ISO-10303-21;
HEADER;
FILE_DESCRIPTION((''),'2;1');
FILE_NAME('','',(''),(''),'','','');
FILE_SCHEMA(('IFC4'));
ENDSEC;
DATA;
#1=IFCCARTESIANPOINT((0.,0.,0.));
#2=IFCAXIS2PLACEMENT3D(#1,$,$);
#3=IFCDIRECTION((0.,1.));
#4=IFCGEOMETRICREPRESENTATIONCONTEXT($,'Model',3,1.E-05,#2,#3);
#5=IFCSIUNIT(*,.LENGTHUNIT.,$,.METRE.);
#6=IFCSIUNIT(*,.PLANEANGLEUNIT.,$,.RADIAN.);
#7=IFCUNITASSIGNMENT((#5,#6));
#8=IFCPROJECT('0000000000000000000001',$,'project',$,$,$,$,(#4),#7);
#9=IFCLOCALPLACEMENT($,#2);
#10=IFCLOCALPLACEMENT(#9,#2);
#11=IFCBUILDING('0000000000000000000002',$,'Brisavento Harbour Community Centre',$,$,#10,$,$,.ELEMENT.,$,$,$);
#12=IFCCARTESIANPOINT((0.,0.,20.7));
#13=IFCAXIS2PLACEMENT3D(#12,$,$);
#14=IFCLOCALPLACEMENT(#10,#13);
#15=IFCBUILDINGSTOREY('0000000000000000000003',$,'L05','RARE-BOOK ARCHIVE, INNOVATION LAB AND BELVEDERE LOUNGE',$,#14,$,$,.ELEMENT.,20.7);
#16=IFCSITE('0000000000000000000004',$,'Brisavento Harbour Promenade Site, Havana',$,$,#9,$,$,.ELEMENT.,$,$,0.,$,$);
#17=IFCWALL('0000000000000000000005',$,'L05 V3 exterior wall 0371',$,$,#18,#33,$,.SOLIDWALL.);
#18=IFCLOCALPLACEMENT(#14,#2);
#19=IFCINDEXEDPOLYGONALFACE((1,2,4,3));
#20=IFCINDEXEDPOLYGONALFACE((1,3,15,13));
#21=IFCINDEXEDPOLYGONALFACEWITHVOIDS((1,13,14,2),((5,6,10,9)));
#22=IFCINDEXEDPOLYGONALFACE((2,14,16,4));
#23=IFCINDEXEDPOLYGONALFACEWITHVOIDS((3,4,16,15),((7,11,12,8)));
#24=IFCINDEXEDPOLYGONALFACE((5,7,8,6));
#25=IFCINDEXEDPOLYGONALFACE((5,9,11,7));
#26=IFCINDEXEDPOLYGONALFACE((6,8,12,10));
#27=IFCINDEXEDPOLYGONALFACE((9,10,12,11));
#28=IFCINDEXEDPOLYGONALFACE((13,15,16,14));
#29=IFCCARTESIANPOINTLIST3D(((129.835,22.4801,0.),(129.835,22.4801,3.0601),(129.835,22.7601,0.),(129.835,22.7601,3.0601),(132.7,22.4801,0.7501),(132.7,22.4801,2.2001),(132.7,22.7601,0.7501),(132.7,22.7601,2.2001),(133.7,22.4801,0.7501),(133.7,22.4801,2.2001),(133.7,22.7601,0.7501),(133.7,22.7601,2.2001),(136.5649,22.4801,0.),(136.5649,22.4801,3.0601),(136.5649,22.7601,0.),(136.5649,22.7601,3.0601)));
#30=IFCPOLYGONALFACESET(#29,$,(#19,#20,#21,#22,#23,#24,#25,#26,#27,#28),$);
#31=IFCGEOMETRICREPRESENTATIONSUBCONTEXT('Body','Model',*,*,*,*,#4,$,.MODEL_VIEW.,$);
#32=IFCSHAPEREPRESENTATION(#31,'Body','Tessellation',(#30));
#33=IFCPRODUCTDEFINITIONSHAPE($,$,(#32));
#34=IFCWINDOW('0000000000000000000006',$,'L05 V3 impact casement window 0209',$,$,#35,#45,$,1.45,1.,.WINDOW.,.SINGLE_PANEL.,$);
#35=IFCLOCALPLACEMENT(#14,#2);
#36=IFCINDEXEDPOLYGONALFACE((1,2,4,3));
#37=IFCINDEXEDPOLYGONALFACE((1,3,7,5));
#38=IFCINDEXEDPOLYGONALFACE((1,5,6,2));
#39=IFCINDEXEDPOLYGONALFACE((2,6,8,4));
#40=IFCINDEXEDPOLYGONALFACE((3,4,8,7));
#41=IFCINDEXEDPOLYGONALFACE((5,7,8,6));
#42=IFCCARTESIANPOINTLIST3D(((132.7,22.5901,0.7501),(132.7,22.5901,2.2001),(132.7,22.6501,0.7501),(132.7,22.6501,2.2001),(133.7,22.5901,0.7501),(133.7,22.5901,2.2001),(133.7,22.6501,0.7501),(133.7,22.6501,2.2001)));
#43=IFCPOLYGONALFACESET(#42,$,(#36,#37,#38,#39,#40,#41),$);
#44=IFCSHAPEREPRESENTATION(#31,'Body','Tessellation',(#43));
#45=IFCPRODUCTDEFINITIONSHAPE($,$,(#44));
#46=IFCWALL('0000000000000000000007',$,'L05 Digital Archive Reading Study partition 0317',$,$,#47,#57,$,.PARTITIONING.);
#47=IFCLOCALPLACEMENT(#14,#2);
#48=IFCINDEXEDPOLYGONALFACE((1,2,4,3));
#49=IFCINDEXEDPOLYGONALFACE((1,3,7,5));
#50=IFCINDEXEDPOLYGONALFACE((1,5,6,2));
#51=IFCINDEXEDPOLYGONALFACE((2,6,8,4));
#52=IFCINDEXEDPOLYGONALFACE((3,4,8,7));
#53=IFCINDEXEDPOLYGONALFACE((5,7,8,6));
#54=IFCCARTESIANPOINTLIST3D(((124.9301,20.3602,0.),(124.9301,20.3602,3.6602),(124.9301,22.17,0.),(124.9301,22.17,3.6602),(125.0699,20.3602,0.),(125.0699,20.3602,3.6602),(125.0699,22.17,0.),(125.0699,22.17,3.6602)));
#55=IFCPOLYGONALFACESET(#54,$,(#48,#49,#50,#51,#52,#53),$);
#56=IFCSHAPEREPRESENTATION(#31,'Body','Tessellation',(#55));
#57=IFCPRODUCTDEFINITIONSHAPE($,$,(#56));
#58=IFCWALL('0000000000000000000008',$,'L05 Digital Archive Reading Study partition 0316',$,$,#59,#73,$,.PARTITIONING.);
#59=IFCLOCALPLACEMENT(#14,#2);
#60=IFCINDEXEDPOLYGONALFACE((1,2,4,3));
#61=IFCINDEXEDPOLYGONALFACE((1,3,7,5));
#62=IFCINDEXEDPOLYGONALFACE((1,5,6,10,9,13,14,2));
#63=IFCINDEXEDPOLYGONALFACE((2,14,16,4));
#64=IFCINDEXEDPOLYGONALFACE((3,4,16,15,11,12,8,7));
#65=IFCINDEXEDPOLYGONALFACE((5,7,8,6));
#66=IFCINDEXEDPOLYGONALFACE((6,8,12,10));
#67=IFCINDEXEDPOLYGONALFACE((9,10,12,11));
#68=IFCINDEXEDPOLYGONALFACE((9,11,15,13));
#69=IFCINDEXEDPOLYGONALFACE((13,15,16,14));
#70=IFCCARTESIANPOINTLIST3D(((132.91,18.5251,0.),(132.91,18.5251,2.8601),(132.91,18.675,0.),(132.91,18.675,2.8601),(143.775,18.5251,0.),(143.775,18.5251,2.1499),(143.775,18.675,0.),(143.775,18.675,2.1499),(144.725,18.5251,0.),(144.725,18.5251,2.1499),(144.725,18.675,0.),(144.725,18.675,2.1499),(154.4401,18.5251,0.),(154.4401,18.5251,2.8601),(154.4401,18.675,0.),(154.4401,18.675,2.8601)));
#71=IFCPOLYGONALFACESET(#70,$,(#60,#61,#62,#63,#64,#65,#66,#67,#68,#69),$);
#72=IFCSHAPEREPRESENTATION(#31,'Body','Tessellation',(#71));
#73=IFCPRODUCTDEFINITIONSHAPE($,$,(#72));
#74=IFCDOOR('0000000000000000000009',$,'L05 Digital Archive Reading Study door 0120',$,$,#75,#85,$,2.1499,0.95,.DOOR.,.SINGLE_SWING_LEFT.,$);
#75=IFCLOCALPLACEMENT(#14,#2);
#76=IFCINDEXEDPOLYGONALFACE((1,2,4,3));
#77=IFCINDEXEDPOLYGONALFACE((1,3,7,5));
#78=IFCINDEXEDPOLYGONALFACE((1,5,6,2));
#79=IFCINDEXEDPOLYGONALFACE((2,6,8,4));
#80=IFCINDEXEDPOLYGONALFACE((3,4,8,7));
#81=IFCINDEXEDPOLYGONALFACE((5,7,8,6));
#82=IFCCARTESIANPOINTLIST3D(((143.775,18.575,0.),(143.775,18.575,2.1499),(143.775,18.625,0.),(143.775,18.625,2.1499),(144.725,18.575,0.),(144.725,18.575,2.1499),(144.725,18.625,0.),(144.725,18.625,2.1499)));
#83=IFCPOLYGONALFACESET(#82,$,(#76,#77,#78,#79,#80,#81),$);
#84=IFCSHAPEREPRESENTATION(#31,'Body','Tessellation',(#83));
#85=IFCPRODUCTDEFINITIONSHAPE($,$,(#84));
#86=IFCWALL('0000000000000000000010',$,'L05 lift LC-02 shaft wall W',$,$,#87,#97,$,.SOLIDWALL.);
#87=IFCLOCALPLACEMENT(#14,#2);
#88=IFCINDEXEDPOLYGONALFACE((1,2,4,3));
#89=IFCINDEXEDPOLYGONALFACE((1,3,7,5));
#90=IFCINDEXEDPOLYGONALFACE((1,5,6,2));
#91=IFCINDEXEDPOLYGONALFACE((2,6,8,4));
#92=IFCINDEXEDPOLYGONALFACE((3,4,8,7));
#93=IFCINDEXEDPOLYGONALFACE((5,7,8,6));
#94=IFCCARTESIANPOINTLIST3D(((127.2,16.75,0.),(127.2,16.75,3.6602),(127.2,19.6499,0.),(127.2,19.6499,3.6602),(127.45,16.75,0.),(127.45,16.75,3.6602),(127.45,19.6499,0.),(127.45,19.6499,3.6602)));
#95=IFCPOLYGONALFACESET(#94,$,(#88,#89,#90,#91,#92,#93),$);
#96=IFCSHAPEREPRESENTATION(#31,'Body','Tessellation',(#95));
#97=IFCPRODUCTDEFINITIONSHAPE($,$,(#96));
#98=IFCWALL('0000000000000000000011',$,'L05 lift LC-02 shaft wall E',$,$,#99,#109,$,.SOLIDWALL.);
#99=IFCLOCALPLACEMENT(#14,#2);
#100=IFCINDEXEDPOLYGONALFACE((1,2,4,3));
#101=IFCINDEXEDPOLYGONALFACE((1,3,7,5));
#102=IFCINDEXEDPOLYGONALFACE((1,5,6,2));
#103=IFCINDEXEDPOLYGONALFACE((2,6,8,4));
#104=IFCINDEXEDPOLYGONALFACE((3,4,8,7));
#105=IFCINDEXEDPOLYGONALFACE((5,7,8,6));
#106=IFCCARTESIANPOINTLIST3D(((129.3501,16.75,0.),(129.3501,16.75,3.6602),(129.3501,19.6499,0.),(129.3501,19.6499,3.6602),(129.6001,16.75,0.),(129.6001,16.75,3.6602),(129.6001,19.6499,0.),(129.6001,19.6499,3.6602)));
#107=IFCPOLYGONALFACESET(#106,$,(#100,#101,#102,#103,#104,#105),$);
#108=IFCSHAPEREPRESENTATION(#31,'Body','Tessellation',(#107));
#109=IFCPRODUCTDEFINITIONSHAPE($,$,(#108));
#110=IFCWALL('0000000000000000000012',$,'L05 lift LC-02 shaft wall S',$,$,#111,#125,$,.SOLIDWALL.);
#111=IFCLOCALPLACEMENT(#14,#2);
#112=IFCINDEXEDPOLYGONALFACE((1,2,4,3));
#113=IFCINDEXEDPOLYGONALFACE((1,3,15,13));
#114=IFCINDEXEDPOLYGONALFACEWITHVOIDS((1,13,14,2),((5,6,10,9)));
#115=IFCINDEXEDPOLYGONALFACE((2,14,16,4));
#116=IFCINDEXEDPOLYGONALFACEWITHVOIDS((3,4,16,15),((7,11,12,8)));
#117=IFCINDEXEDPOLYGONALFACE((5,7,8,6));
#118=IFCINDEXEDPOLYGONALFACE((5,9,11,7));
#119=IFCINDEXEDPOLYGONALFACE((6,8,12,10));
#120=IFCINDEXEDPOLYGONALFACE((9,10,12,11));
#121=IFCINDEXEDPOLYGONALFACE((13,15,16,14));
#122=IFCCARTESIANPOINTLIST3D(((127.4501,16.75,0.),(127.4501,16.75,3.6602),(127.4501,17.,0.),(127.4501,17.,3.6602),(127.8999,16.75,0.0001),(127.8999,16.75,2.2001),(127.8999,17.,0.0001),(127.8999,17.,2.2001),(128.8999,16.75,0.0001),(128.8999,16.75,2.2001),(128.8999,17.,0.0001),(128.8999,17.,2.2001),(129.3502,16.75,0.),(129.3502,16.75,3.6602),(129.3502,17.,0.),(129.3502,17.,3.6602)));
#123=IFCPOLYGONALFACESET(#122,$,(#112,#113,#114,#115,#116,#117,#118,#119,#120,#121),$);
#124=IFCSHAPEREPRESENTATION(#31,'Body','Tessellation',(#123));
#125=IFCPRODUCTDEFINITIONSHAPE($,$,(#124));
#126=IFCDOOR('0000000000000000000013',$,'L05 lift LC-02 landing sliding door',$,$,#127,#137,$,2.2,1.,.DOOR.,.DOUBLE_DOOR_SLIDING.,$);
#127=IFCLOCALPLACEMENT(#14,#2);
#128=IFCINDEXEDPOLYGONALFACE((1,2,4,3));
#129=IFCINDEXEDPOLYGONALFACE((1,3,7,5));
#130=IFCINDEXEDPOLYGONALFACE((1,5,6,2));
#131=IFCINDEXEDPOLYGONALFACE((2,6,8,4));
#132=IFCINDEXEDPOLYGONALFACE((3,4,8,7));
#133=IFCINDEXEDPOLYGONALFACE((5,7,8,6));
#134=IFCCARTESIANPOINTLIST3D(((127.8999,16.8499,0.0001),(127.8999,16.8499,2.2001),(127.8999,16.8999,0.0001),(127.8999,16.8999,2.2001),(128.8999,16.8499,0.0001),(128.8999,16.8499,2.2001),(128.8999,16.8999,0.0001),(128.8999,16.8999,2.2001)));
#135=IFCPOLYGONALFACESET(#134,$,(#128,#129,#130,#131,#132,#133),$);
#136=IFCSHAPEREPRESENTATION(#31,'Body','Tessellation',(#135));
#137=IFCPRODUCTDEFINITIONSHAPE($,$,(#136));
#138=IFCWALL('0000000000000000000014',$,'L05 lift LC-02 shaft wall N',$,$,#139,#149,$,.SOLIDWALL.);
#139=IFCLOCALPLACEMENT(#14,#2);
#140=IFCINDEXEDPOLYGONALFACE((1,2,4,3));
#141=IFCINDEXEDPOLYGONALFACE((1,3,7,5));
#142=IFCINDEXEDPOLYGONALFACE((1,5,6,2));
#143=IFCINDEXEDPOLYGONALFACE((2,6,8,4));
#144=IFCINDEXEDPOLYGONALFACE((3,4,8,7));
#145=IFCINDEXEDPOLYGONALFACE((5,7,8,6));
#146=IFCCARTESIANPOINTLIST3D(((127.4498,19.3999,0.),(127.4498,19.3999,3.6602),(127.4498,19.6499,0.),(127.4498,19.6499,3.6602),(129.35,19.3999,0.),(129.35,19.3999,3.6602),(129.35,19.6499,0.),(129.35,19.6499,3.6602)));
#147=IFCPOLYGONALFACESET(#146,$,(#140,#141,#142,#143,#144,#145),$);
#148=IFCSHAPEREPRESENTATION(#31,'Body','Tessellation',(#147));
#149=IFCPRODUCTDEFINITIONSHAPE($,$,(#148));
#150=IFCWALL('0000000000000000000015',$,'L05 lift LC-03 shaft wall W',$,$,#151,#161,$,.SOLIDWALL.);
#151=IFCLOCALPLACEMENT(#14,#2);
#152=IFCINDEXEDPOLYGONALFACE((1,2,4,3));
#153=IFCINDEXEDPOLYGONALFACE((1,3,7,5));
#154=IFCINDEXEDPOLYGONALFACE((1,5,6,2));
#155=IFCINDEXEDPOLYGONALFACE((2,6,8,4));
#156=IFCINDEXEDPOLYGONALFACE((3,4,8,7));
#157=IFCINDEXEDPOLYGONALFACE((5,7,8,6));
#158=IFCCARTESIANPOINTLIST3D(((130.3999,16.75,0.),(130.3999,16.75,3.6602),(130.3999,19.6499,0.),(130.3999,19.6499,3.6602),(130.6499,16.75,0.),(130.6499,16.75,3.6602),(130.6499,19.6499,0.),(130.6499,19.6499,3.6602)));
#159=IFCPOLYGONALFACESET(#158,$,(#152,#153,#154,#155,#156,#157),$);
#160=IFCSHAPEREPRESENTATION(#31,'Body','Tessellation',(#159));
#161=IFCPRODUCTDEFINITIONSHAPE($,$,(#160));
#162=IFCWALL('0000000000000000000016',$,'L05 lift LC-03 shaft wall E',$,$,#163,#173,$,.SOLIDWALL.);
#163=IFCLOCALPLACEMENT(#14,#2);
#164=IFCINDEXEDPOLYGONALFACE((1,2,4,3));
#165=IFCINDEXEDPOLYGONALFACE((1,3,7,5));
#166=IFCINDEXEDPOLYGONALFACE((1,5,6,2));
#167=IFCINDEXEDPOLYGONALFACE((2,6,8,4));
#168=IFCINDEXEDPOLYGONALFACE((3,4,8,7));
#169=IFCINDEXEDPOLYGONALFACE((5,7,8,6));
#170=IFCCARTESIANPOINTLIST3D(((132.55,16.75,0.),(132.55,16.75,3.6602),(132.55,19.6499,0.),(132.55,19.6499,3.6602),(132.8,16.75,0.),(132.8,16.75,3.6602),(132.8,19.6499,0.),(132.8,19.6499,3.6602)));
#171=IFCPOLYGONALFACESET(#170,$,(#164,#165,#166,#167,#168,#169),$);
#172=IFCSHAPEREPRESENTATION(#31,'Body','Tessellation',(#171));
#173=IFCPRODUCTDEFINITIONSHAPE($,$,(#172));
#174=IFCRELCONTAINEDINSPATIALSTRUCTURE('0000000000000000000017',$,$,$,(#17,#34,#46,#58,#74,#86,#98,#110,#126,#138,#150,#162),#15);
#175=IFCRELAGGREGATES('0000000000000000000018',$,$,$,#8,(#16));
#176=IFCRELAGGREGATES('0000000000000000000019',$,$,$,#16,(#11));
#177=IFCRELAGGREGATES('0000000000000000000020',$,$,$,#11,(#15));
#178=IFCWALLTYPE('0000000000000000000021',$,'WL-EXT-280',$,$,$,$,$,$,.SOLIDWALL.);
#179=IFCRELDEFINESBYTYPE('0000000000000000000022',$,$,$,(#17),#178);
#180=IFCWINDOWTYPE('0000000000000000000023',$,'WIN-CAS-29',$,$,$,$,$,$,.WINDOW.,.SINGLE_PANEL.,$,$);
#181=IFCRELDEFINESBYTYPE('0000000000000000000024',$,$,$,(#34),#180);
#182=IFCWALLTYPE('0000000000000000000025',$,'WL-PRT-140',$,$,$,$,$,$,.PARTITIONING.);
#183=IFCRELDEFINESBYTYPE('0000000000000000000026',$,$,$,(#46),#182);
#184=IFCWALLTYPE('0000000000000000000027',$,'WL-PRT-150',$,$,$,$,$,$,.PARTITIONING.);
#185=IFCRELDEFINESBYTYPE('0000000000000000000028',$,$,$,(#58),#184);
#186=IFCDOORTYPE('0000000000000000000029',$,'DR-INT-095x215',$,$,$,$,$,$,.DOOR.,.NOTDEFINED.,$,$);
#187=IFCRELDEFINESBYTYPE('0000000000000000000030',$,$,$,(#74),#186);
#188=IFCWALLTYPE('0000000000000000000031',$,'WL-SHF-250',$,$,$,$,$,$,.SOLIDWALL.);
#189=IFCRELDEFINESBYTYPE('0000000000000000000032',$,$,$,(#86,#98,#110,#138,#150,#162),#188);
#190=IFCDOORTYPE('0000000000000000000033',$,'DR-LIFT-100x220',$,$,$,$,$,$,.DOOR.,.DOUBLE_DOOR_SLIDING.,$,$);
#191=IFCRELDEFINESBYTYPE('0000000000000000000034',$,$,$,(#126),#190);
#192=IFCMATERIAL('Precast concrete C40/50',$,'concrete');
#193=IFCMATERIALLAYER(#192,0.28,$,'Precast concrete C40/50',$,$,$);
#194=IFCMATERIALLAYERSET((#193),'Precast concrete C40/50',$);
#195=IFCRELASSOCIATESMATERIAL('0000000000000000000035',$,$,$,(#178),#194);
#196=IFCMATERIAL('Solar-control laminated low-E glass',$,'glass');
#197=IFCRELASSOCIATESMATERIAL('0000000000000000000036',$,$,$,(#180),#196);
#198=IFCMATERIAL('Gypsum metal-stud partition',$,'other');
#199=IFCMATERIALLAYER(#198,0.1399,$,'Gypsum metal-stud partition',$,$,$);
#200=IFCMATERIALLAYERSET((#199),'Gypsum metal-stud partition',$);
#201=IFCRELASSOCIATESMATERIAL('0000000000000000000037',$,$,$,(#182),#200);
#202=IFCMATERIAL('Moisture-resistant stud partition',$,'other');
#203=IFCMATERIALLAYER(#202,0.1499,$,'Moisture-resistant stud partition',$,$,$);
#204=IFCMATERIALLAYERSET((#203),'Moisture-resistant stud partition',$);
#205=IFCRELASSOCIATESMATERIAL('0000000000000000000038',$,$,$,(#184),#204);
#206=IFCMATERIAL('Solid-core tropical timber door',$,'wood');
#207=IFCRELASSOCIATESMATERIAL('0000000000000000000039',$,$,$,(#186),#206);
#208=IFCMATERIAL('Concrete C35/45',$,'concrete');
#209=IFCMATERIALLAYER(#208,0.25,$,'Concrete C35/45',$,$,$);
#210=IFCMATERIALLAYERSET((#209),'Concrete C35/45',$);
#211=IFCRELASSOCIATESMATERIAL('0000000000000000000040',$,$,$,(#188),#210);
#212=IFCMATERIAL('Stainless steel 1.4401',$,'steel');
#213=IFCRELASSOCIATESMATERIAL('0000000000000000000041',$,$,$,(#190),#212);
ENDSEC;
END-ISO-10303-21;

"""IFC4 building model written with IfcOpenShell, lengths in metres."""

from ifc_helpers import new_model, si_unit, direction, frame, frame_2d, origin, place, context, subcontext, project, spatial, rectangle, extrude, material, layer, layer_set, type_object, element, fill, save


model = new_model("IFC4")

# Units and contexts
model_context = context("Model", 3, precision=1e-05, world=origin(), true_north=direction((0.0, 1.0)))
body_context = subcontext(model_context, "Body", "Model", "MODEL_VIEW")
ifc_project = project(units=[si_unit("LENGTHUNIT", "METRE"), si_unit("PLANEANGLEUNIT", "RADIAN")], contexts=[model_context])

# Site, building, storey
site_placement = place(None, origin())
site = spatial("IfcSite", under=ifc_project, at=site_placement, Name="Brisavento Harbour Promenade Site, Havana", CompositionType="ELEMENT", RefElevation=0.0)
building_placement = place(site_placement, origin())
building = spatial("IfcBuilding", under=site, at=building_placement, Name="Brisavento Harbour Community Centre", CompositionType="ELEMENT")
storey_placement = place(building_placement, frame((0.0, 0.0, 20.7)))
storey = spatial("IfcBuildingStorey", under=building, at=storey_placement, Name="L05", Description="RARE-BOOK ARCHIVE, INNOVATION LAB AND BELVEDERE LOUNGE", CompositionType="ELEMENT", Elevation=20.7)

# Shared definitions
ifc_material_1 = material(Name="Concrete C35/45", Category="concrete")

# Wall, opening, window
ifc_material_2 = material(Name="Solar-control laminated low-E glass", Category="glass")
ifc_material_3 = material(Name="Precast concrete C40/50", Category="concrete")
ifc_layer_1 = layer(ifc_material_3, 0.28, Name="Precast concrete C40/50")
ifc_layer_set_1 = layer_set([ifc_layer_1], Name="Precast concrete C40/50")
wall_type_1 = type_object("IfcWallType", Name="WL-EXT-280", PredefinedType="SOLIDWALL", material=ifc_layer_set_1)
wall_1_placement = place(storey_placement, frame((129.835, 22.6201, 0.0), z_axis=(0.0, 0.0, 1.0), x_axis=(1.0, 0.0, 0.0)))
wall_1 = element("IfcWall", 1, at=wall_1_placement, inside=storey, type_object=wall_type_1, Name="L05 V3 exterior wall 0371", PredefinedType="SOLIDWALL", context=body_context, shape_type="SweptSolid", body=[
    extrude(rectangle(XDim=6.73, YDim=0.28, at=frame_2d((3.365, 0.0))), origin(), (0.0, 0.0, 1.0), 3.0601),
])
opening_1_placement = place(wall_1_placement, frame((2.865, 0.0, 0.75)))
opening_1 = element("IfcOpeningElement", 2, at=opening_1_placement, cuts=wall_1, PredefinedType="OPENING", context=body_context, shape_type="SweptSolid", body=[
    extrude(rectangle(XDim=1.0, YDim=1.45, at=frame_2d((0.5, 0.7251))), frame((0.0, 0.1499, 0.0), z_axis=(0.0, -1.0, 0.0), x_axis=(1.0, 0.0, 0.0)), (0.0, 0.0, 1.0), 0.3),
])
window_type_1 = type_object("IfcWindowType", Name="WIN-CAS-29", PartitioningType="SINGLE_PANEL", PredefinedType="WINDOW", material=ifc_material_2)
window_1_placement = place(opening_1_placement, origin())
window_1 = element("IfcWindow", 3, at=window_1_placement, inside=storey, type_object=window_type_1, Name="L05 V3 impact casement window 0209", OverallHeight=1.45, OverallWidth=1.0, PartitioningType="SINGLE_PANEL", PredefinedType="WINDOW", context=body_context, shape_type="SweptSolid", body=[
    extrude(rectangle(XDim=1.0, YDim=1.45, at=frame_2d((0.5, 0.7251))), frame((0.0, 0.03, 0.0), z_axis=(0.0, -1.0, 0.0), x_axis=(1.0, 0.0, 0.0)), (0.0, 0.0, 1.0), 0.0601),
])
fill(opening_1, window_1)

# Wall
ifc_material_4 = material(Name="Gypsum metal-stud partition", Category="other")
ifc_layer_2 = layer(ifc_material_4, 0.1399, Name="Gypsum metal-stud partition")
ifc_layer_set_2 = layer_set([ifc_layer_2], Name="Gypsum metal-stud partition")
wall_type_2 = type_object("IfcWallType", Name="WL-PRT-140", PredefinedType="PARTITIONING", material=ifc_layer_set_2)
wall_2_placement = place(storey_placement, frame((125.0, 22.1699, 0.0), z_axis=(0.0, 0.0, 1.0), x_axis=(0.0, -1.0, 0.0)))
element("IfcWall", 4, at=wall_2_placement, inside=storey, type_object=wall_type_2, Name="L05 Digital Archive Reading Study partition 0317", PredefinedType="PARTITIONING", context=body_context, shape_type="SweptSolid", body=[
    extrude(rectangle(XDim=1.8098, YDim=0.1399, at=frame_2d((0.9048, 0.0))), origin(), (0.0, 0.0, 1.0), 3.6602),
])

# Wall, opening, door
ifc_material_5 = material(Name="Moisture-resistant stud partition", Category="other")
ifc_layer_3 = layer(ifc_material_5, 0.1499, Name="Moisture-resistant stud partition")
ifc_layer_set_3 = layer_set([ifc_layer_3], Name="Moisture-resistant stud partition")
wall_type_3 = type_object("IfcWallType", Name="WL-PRT-150", PredefinedType="PARTITIONING", material=ifc_layer_set_3)
wall_3_placement = place(storey_placement, frame((132.9099, 18.6001, 0.0), z_axis=(0.0, 0.0, 1.0), x_axis=(1.0, 0.0, 0.0)))
wall_3 = element("IfcWall", 5, at=wall_3_placement, inside=storey, type_object=wall_type_3, Name="L05 Digital Archive Reading Study partition 0316", PredefinedType="PARTITIONING", context=body_context, shape_type="SweptSolid", body=[
    extrude(rectangle(XDim=21.53, YDim=0.1499, at=frame_2d((10.7651, 0.0))), origin(), (0.0, 0.0, 1.0), 2.8601),
])
opening_2_placement = place(wall_3_placement, frame((10.865, 0.0, 0.0)))
opening_2 = element("IfcOpeningElement", 6, at=opening_2_placement, cuts=wall_3, PredefinedType="OPENING", context=body_context, shape_type="SweptSolid", body=[
    extrude(rectangle(XDim=0.95, YDim=2.1499, at=frame_2d((0.4751, 1.075))), frame((0.0, 0.085, 0.0), z_axis=(0.0, -1.0, 0.0), x_axis=(1.0, 0.0, 0.0)), (0.0, 0.0, 1.0), 0.1699),
])
ifc_material_6 = material(Name="Solid-core tropical timber door", Category="wood")
door_type_1 = type_object("IfcDoorType", Name="DR-INT-095x215", OperationType="NOTDEFINED", PredefinedType="DOOR", material=ifc_material_6)
door_1_placement = place(opening_2_placement, origin())
door_1 = element("IfcDoor", 7, at=door_1_placement, inside=storey, type_object=door_type_1, Name="L05 Digital Archive Reading Study door 0120", OperationType="SINGLE_SWING_LEFT", OverallHeight=2.1499, OverallWidth=0.95, PredefinedType="DOOR", context=body_context, shape_type="SweptSolid", body=[
    extrude(rectangle(XDim=0.95, YDim=2.1499, at=frame_2d((0.4751, 1.075))), frame((0.0, 0.0249, 0.0), z_axis=(0.0, -1.0, 0.0), x_axis=(1.0, 0.0, 0.0)), (0.0, 0.0, 1.0), 0.05),
])
fill(opening_2, door_1)

# Walls
ifc_layer_4 = layer(ifc_material_1, 0.25, Name="Concrete C35/45")
ifc_layer_set_4 = layer_set([ifc_layer_4], Name="Concrete C35/45")
wall_type_4 = type_object("IfcWallType", Name="WL-SHF-250", PredefinedType="SOLIDWALL", material=ifc_layer_set_4)
for number, where, z_axis, x_axis, name in (
    (8, (127.325, 16.75, 0.0), (0.0, 0.0, 1.0), (0.0, 1.0, 0.0), "L05 lift LC-02 shaft wall W"),
    (9, (129.4751, 19.6499, 0.0), (0.0, 0.0, 1.0), (0.0, -1.0, 0.0), "L05 lift LC-02 shaft wall E"),
):
    element("IfcWall", number, at=place(storey_placement, frame(where, z_axis=z_axis, x_axis=x_axis)), inside=storey, type_object=wall_type_4, Name=name, PredefinedType="SOLIDWALL", context=body_context, shape_type="SweptSolid", body=[
        extrude(rectangle(XDim=2.8999, YDim=0.25, at=frame_2d((1.45, 0.0))), origin(), (0.0, 0.0, 1.0), 3.6602),
    ])

# Wall, opening, door
wall_4_placement = place(storey_placement, frame((127.45, 16.875, 0.0), z_axis=(0.0, 0.0, 1.0), x_axis=(1.0, 0.0, 0.0)))
wall_4 = element("IfcWall", 10, at=wall_4_placement, inside=storey, type_object=wall_type_4, Name="L05 lift LC-02 shaft wall S", PredefinedType="SOLIDWALL", context=body_context, shape_type="SweptSolid", body=[
    extrude(rectangle(XDim=1.9001, YDim=0.25, at=frame_2d((0.9502, 0.0))), origin(), (0.0, 0.0, 1.0), 3.6602),
])
opening_3_placement = place(wall_4_placement, frame((0.45, 0.0, 0.0)))
opening_3 = element("IfcOpeningElement", 11, at=opening_3_placement, cuts=wall_4, PredefinedType="OPENING", context=body_context, shape_type="SweptSolid", body=[
    extrude(rectangle(XDim=1.0, YDim=2.2, at=frame_2d((0.5, 1.1001))), frame((0.0, 0.135, 0.0), z_axis=(0.0, -1.0, 0.0), x_axis=(1.0, 0.0, 0.0)), (0.0, 0.0, 1.0), 0.27),
])
ifc_material_7 = material(Name="Stainless steel 1.4401", Category="steel")
door_type_2 = type_object("IfcDoorType", Name="DR-LIFT-100x220", OperationType="DOUBLE_DOOR_SLIDING", PredefinedType="DOOR", material=ifc_material_7)
door_2_placement = place(opening_3_placement, origin())
door_2 = element("IfcDoor", 12, at=door_2_placement, inside=storey, type_object=door_type_2, Name="L05 lift LC-02 landing sliding door", OperationType="DOUBLE_DOOR_SLIDING", OverallHeight=2.2, OverallWidth=1.0, PredefinedType="DOOR", context=body_context, shape_type="SweptSolid", body=[
    extrude(rectangle(XDim=1.0, YDim=2.2, at=frame_2d((0.5, 1.1001))), frame((0.0, 0.0249, 0.0), z_axis=(0.0, -1.0, 0.0), x_axis=(1.0, 0.0, 0.0)), (0.0, 0.0, 1.0), 0.05),
])
fill(opening_3, door_2)

# Walls
wall_5_placement = place(storey_placement, frame((129.3501, 19.5249, 0.0), z_axis=(0.0, 0.0, 1.0), x_axis=(-1.0, 0.0, 0.0)))
element("IfcWall", 13, at=wall_5_placement, inside=storey, type_object=wall_type_4, Name="L05 lift LC-02 shaft wall N", PredefinedType="SOLIDWALL", context=body_context, shape_type="SweptSolid", body=[
    extrude(rectangle(XDim=1.9001, YDim=0.25, at=frame_2d((0.9502, 0.0))), origin(), (0.0, 0.0, 1.0), 3.6602),
])
for number, where, z_axis, x_axis, name in (
    (14, (130.5249, 16.75, 0.0), (0.0, 0.0, 1.0), (0.0, 1.0, 0.0), "L05 lift LC-03 shaft wall W"),
    (15, (132.675, 19.6499, 0.0), (0.0, 0.0, 1.0), (0.0, -1.0, 0.0), "L05 lift LC-03 shaft wall E"),
):
    element("IfcWall", number, at=place(storey_placement, frame(where, z_axis=z_axis, x_axis=x_axis)), inside=storey, type_object=wall_type_4, Name=name, PredefinedType="SOLIDWALL", context=body_context, shape_type="SweptSolid", body=[
        extrude(rectangle(XDim=2.8999, YDim=0.25, at=frame_2d((1.45, 0.0))), origin(), (0.0, 0.0, 1.0), 3.6602),
    ])

save(model, "model.ifc")
